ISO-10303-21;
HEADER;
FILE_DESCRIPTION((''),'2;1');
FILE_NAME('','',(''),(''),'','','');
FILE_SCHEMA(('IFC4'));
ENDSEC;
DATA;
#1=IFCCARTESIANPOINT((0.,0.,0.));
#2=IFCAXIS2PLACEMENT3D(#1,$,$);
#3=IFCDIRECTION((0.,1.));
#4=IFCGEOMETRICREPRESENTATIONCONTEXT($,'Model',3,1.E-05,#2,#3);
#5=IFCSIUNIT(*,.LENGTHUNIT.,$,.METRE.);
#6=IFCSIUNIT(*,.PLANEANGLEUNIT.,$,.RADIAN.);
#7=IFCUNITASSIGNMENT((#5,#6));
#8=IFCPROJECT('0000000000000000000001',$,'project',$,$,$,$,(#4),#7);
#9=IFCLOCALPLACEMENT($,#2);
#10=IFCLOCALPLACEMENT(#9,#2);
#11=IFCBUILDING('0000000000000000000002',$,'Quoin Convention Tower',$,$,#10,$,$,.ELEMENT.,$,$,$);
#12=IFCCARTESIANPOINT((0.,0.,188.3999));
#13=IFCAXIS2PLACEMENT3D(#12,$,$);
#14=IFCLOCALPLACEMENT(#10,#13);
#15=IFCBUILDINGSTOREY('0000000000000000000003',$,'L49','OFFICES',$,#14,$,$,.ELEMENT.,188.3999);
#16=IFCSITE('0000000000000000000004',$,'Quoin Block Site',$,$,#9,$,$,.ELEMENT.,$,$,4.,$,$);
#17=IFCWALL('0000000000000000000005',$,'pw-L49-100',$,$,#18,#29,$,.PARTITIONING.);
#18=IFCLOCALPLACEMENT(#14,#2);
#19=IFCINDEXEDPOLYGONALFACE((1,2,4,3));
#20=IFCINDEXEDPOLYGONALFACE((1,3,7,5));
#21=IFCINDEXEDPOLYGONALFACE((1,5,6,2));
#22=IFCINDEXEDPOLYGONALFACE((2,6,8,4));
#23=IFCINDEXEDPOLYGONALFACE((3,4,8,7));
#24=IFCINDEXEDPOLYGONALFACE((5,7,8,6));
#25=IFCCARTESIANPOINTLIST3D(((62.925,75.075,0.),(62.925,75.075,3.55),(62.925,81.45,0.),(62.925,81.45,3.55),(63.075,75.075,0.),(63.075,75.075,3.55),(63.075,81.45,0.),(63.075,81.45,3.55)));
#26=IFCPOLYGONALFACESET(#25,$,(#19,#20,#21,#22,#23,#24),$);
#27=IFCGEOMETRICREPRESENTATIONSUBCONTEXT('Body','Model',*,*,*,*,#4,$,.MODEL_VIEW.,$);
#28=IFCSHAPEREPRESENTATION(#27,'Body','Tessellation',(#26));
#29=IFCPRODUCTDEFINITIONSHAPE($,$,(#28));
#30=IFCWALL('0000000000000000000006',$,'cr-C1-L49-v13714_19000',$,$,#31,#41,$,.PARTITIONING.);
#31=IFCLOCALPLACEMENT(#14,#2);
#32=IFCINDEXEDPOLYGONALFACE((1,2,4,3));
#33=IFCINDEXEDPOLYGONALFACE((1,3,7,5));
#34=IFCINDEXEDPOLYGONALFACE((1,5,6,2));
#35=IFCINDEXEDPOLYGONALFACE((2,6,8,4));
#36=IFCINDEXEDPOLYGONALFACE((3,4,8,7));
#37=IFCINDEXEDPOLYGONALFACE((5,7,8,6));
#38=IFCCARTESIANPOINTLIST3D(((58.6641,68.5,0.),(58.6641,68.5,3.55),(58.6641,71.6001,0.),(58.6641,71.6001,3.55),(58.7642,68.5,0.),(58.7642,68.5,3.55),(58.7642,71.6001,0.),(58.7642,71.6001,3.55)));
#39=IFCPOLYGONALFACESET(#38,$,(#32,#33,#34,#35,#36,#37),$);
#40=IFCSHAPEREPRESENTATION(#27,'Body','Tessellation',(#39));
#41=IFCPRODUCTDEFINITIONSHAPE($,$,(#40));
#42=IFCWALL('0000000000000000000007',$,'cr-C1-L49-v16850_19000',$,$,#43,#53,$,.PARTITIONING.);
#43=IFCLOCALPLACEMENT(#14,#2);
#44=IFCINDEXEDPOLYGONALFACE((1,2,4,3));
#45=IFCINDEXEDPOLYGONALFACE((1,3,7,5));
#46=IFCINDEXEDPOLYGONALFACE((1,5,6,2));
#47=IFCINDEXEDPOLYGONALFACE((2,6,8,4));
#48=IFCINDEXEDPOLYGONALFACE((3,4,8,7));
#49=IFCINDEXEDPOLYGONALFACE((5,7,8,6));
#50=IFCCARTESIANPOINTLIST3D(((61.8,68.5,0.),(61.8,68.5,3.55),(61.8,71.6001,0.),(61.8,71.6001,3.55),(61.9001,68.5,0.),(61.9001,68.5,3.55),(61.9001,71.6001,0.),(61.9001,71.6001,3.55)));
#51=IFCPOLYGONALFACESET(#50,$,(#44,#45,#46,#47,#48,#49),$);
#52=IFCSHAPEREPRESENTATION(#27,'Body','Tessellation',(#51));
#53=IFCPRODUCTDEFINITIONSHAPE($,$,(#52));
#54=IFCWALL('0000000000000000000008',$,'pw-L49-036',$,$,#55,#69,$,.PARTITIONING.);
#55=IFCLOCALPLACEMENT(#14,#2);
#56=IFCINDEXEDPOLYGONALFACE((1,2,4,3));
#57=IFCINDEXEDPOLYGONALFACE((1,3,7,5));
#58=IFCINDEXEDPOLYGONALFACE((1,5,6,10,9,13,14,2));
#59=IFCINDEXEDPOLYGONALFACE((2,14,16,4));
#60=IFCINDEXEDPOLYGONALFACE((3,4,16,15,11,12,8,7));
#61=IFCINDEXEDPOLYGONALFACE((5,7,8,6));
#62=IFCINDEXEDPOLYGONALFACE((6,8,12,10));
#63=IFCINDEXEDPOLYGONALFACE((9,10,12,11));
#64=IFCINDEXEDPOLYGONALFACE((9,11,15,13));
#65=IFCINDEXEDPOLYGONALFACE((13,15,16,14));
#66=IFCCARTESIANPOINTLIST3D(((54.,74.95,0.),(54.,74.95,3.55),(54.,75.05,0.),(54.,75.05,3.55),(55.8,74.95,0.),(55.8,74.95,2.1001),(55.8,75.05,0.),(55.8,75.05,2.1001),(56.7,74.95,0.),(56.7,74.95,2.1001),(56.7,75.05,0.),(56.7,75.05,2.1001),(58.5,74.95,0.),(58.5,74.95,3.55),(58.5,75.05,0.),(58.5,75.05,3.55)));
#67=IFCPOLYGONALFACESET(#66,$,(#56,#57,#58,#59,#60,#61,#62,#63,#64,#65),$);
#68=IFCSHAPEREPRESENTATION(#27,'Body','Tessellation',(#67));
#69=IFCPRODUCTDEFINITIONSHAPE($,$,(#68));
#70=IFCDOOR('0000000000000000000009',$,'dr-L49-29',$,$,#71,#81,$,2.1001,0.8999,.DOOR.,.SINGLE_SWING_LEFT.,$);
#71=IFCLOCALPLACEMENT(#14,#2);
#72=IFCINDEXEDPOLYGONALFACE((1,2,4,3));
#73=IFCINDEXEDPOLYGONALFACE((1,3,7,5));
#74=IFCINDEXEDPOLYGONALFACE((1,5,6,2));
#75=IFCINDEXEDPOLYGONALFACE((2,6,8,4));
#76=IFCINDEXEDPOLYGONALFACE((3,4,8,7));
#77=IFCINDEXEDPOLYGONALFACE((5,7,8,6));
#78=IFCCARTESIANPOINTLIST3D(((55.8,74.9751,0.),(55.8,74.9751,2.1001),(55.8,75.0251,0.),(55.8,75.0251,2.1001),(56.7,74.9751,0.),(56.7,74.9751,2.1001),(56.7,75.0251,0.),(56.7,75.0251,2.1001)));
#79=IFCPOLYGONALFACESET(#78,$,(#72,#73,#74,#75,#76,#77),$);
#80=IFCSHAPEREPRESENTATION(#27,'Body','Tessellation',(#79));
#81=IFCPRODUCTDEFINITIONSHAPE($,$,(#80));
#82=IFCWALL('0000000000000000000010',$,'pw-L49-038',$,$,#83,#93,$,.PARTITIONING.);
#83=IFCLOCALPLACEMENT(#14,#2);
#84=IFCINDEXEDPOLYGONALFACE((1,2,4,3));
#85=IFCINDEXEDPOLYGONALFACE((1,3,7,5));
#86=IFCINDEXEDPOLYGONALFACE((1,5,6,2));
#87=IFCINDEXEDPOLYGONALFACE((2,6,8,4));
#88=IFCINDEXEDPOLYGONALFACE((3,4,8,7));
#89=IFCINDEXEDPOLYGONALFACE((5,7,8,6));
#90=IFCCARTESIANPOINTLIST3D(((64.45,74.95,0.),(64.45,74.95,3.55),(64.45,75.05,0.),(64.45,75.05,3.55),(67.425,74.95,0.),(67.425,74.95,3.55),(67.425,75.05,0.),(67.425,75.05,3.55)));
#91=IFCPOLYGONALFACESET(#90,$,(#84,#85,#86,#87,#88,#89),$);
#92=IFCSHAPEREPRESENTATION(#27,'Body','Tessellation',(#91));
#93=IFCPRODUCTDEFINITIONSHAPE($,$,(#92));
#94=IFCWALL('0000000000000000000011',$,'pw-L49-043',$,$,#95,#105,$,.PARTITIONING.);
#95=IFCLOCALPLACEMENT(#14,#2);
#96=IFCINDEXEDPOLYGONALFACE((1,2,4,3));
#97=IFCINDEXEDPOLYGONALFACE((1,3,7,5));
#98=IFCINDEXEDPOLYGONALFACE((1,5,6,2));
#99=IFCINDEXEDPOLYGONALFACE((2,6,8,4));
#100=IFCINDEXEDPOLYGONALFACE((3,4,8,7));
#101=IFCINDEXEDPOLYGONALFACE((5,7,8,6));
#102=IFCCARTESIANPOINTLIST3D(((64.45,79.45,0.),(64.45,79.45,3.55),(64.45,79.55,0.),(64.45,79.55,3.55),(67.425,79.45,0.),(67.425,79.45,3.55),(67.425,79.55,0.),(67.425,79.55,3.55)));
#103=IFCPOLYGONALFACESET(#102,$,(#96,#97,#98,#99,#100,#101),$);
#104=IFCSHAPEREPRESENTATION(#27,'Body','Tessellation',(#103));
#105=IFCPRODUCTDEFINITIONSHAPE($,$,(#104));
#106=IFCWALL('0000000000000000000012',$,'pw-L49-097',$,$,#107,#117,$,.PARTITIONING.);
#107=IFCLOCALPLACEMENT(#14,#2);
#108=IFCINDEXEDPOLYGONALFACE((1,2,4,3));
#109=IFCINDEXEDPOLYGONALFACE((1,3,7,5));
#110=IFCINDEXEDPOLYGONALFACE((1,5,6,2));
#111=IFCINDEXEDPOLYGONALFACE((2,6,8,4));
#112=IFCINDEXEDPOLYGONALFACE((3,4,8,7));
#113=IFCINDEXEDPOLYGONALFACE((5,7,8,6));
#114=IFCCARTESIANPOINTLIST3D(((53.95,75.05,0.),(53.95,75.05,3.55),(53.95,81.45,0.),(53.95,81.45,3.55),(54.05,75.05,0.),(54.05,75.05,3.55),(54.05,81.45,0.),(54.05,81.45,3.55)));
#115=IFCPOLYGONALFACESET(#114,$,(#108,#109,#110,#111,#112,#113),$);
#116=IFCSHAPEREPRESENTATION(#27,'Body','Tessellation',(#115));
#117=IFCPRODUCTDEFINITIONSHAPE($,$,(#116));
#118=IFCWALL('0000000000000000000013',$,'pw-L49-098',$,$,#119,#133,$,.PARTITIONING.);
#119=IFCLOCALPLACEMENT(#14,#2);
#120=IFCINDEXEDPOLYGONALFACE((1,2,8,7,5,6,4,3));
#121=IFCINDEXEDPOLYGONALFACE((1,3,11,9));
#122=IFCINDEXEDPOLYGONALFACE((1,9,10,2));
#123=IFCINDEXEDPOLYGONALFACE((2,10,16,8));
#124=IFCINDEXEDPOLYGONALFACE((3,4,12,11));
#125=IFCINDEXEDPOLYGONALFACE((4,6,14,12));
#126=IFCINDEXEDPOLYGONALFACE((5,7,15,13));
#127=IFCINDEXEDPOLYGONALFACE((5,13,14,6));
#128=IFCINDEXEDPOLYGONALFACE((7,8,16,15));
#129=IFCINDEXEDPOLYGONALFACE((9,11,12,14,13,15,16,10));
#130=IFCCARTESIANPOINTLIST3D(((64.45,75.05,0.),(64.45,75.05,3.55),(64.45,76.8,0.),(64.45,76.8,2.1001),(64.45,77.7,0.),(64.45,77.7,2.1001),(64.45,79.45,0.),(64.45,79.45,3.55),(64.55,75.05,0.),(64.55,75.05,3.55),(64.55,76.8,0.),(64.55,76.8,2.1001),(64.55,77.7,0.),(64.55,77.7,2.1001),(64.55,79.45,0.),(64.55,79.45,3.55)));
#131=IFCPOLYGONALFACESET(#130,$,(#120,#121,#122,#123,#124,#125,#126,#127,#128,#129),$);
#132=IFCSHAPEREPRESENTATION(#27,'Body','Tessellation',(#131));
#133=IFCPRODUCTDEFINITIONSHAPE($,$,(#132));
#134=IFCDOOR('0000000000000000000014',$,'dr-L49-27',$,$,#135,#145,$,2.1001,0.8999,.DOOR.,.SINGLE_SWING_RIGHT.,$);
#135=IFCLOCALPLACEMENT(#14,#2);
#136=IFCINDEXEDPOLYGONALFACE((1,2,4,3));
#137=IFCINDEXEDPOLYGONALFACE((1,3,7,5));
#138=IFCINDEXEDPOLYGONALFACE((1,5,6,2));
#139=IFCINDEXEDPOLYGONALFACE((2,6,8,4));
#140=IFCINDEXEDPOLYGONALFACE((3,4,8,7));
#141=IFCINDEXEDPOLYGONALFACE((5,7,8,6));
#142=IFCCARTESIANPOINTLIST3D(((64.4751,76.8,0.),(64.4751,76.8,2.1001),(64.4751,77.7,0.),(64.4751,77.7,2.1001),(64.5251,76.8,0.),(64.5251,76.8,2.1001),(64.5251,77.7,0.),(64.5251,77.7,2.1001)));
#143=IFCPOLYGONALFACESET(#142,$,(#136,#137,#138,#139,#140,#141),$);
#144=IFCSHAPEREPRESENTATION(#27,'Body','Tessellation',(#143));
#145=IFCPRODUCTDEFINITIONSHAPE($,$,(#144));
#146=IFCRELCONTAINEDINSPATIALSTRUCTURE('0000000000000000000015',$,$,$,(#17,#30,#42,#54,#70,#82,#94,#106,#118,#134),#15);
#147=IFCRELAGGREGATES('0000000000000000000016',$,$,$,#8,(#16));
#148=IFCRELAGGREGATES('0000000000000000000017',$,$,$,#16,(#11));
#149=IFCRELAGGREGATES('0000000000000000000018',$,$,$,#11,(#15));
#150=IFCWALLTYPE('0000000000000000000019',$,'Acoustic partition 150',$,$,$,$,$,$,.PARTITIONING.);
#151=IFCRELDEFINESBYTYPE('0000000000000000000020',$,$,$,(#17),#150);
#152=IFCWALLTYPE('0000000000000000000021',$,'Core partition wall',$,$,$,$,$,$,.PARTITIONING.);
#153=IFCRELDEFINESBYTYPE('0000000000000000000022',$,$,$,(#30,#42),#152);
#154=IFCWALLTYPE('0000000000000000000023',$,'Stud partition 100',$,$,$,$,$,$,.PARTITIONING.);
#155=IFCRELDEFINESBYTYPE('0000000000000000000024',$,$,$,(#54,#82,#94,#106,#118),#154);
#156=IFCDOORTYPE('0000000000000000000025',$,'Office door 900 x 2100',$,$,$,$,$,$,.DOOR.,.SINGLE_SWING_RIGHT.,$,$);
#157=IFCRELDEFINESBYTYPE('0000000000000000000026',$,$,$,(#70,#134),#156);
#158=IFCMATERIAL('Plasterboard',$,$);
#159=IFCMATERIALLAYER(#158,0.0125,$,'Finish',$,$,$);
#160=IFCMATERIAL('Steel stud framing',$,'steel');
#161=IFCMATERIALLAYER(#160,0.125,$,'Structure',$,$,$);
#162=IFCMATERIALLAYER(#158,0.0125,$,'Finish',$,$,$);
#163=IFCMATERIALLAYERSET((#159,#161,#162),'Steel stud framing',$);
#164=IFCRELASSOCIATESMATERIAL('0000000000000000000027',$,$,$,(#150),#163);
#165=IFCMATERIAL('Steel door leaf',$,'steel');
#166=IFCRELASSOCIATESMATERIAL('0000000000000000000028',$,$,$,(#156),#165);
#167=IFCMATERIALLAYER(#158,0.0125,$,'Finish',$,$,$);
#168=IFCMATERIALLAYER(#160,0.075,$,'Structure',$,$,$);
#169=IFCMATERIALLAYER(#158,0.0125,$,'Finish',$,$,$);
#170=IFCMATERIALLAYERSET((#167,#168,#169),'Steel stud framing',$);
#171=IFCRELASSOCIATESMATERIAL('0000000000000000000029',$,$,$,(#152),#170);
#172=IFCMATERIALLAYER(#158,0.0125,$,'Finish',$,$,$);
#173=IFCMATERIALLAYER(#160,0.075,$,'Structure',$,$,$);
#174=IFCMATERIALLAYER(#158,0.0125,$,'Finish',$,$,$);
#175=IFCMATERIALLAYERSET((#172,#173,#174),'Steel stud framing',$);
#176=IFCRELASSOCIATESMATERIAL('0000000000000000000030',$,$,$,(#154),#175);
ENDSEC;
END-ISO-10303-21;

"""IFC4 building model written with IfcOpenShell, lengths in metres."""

from ifc_helpers import new_model, si_unit, direction, frame, frame_2d, origin, place, context, subcontext, project, spatial, rectangle, extrude, material, layer, layer_set, type_object, element, fill, save


model = new_model("IFC4")

# Units and contexts
model_context = context("Model", 3, precision=1e-05, world=origin(), true_north=direction((0.0, 1.0)))
body_context = subcontext(model_context, "Body", "Model", "MODEL_VIEW")
ifc_project = project(units=[si_unit("LENGTHUNIT", "METRE"), si_unit("PLANEANGLEUNIT", "RADIAN")], contexts=[model_context])

# Site, building, storey
site_placement = place(None, origin())
site = spatial("IfcSite", under=ifc_project, at=site_placement, Name="Quoin Block Site", CompositionType="ELEMENT", RefElevation=4.0)
building_placement = place(site_placement, origin())
building = spatial("IfcBuilding", under=site, at=building_placement, Name="Quoin Convention Tower", CompositionType="ELEMENT")
storey_placement = place(building_placement, frame((0.0, 0.0, 188.3999)))
storey = spatial("IfcBuildingStorey", under=building, at=storey_placement, Name="L49", Description="OFFICES", CompositionType="ELEMENT", Elevation=188.3999)

# Shared definitions
ifc_material_1 = material(Name="Plasterboard")
ifc_layer_1 = layer(ifc_material_1, 0.0125, Name="Finish")
ifc_material_2 = material(Name="Steel stud framing", Category="steel")
ifc_layer_2 = layer(ifc_material_2, 0.125, Name="Structure")
ifc_layer_3 = layer(ifc_material_1, 0.0125, Name="Finish")
ifc_layer_set_1 = layer_set([ifc_layer_1, ifc_layer_2, ifc_layer_3], Name="Steel stud framing")
wall_type_1 = type_object("IfcWallType", Name="Acoustic partition 150", PredefinedType="PARTITIONING", material=ifc_layer_set_1)
ifc_material_3 = material(Name="Steel door leaf", Category="steel")
door_type = type_object("IfcDoorType", Name="Office door 900 x 2100", OperationType="SINGLE_SWING_RIGHT", PredefinedType="DOOR", material=ifc_material_3)

# Walls
for number, where, z_axis, x_axis, name in (
    (1, (63.0, 75.075, 0.0), (0.0, 0.0, 1.0), (0.0, 1.0, 0.0), "pw-L49-100"),
):
    element("IfcWall", number, at=place(storey_placement, frame(where, z_axis=z_axis, x_axis=x_axis)), inside=storey, type_object=wall_type_1, Name=name, PredefinedType="PARTITIONING", context=body_context, shape_type="SweptSolid", body=[
        extrude(rectangle(XDim=6.375, YDim=0.1499, at=frame_2d((3.1875, 0.0))), origin(), (0.0, 0.0, 1.0), 3.55),
    ])
ifc_layer_4 = layer(ifc_material_1, 0.0125, Name="Finish")
ifc_layer_5 = layer(ifc_material_2, 0.075, Name="Structure")
ifc_layer_6 = layer(ifc_material_1, 0.0125, Name="Finish")
ifc_layer_set_2 = layer_set([ifc_layer_4, ifc_layer_5, ifc_layer_6], Name="Steel stud framing")
wall_type_2 = type_object("IfcWallType", Name="Core partition wall", PredefinedType="PARTITIONING", material=ifc_layer_set_2)
for number, where, z_axis, x_axis, name in (
    (2, (58.7141, 68.5, 0.0), (0.0, 0.0, 1.0), (0.0, 1.0, 0.0), "cr-C1-L49-v13714_19000"),
    (3, (61.8501, 68.5, 0.0), (0.0, 0.0, 1.0), (0.0, 1.0, 0.0), "cr-C1-L49-v16850_19000"),
):
    element("IfcWall", number, at=place(storey_placement, frame(where, z_axis=z_axis, x_axis=x_axis)), inside=storey, type_object=wall_type_2, Name=name, PredefinedType="PARTITIONING", context=body_context, shape_type="SweptSolid", body=[
        extrude(rectangle(XDim=3.1001, YDim=0.1001, at=frame_2d((1.55, 0.0))), origin(), (0.0, 0.0, 1.0), 3.55),
    ])

# Wall, opening, door
ifc_layer_7 = layer(ifc_material_1, 0.0125, Name="Finish")
ifc_layer_8 = layer(ifc_material_2, 0.075, Name="Structure")
ifc_layer_9 = layer(ifc_material_1, 0.0125, Name="Finish")
ifc_layer_set_3 = layer_set([ifc_layer_7, ifc_layer_8, ifc_layer_9], Name="Steel stud framing")
wall_type_3 = type_object("IfcWallType", Name="Stud partition 100", PredefinedType="PARTITIONING", material=ifc_layer_set_3)
wall_1_placement = place(storey_placement, frame((54.0, 75.0, 0.0), z_axis=(0.0, 0.0, 1.0), x_axis=(1.0, 0.0, 0.0)))
wall_1 = element("IfcWall", 4, at=wall_1_placement, inside=storey, type_object=wall_type_3, Name="pw-L49-036", PredefinedType="PARTITIONING", context=body_context, shape_type="SweptSolid", body=[
    extrude(rectangle(XDim=4.5, YDim=0.1001, at=frame_2d((2.25, 0.0))), origin(), (0.0, 0.0, 1.0), 3.55),
])
opening_1_placement = place(wall_1_placement, frame((1.8, 0.0, 0.0)))
opening_1 = element("IfcOpeningElement", 5, at=opening_1_placement, cuts=wall_1, PredefinedType="OPENING", context=body_context, shape_type="SweptSolid", body=[
    extrude(rectangle(XDim=0.8999, YDim=2.1001, at=frame_2d((0.45, 1.05))), frame((0.0, 0.0601, 0.0), z_axis=(0.0, -1.0, 0.0), x_axis=(1.0, 0.0, 0.0)), (0.0, 0.0, 1.0), 0.1201),
])
door_1_placement = place(opening_1_placement, frame((0.8999, 0.0, 0.0), z_axis=(0.0, 0.0, 1.0), x_axis=(-1.0, 0.0, 0.0)))
door_1 = element("IfcDoor", 6, at=door_1_placement, inside=storey, type_object=door_type, Name="dr-L49-29", OperationType="SINGLE_SWING_LEFT", OverallHeight=2.1001, OverallWidth=0.8999, PredefinedType="DOOR", context=body_context, shape_type="SweptSolid", body=[
    extrude(rectangle(XDim=0.8999, YDim=2.1001, at=frame_2d((0.45, 1.05))), frame((0.0, 0.0249, 0.0), z_axis=(0.0, -1.0, 0.0), x_axis=(1.0, 0.0, 0.0)), (0.0, 0.0, 1.0), 0.05),
])
fill(opening_1, door_1)

# Walls
for number, where, z_axis, x_axis, name in (
    (7, (64.45, 75.0, 0.0), (0.0, 0.0, 1.0), (1.0, 0.0, 0.0), "pw-L49-038"),
    (8, (64.45, 79.5, 0.0), (0.0, 0.0, 1.0), (1.0, 0.0, 0.0), "pw-L49-043"),
):
    element("IfcWall", number, at=place(storey_placement, frame(where, z_axis=z_axis, x_axis=x_axis)), inside=storey, type_object=wall_type_3, Name=name, PredefinedType="PARTITIONING", context=body_context, shape_type="SweptSolid", body=[
        extrude(rectangle(XDim=2.9751, YDim=0.1001, at=frame_2d((1.4875, 0.0))), origin(), (0.0, 0.0, 1.0), 3.55),
    ])
wall_2_placement = place(storey_placement, frame((54.0, 75.05, 0.0), z_axis=(0.0, 0.0, 1.0), x_axis=(0.0, 1.0, 0.0)))
element("IfcWall", 9, at=wall_2_placement, inside=storey, type_object=wall_type_3, Name="pw-L49-097", PredefinedType="PARTITIONING", context=body_context, shape_type="SweptSolid", body=[
    extrude(rectangle(XDim=6.3999, YDim=0.1001, at=frame_2d((3.2, 0.0))), origin(), (0.0, 0.0, 1.0), 3.55),
])

# Wall, opening, door
wall_3_placement = place(storey_placement, frame((64.5, 75.05, 0.0), z_axis=(0.0, 0.0, 1.0), x_axis=(0.0, 1.0, 0.0)))
wall_3 = element("IfcWall", 10, at=wall_3_placement, inside=storey, type_object=wall_type_3, Name="pw-L49-098", PredefinedType="PARTITIONING", context=body_context, shape_type="SweptSolid", body=[
    extrude(rectangle(XDim=4.3999, YDim=0.1001, at=frame_2d((2.2, 0.0))), origin(), (0.0, 0.0, 1.0), 3.55),
])
opening_2_placement = place(wall_3_placement, frame((1.75, 0.0, 0.0)))
opening_2 = element("IfcOpeningElement", 11, at=opening_2_placement, cuts=wall_3, PredefinedType="OPENING", context=body_context, shape_type="SweptSolid", body=[
    extrude(rectangle(XDim=0.8999, YDim=2.1001, at=frame_2d((0.45, 1.05))), frame((0.0, 0.0601, 0.0), z_axis=(0.0, -1.0, 0.0), x_axis=(1.0, 0.0, 0.0)), (0.0, 0.0, 1.0), 0.1201),
])
door_2_placement = place(opening_2_placement, origin())
door_2 = element("IfcDoor", 12, at=door_2_placement, inside=storey, type_object=door_type, Name="dr-L49-27", OperationType="SINGLE_SWING_RIGHT", OverallHeight=2.1001, OverallWidth=0.8999, PredefinedType="DOOR", context=body_context, shape_type="SweptSolid", body=[
    extrude(rectangle(XDim=0.8999, YDim=2.1001, at=frame_2d((0.45, 1.05))), frame((0.0, 0.0249, 0.0), z_axis=(0.0, -1.0, 0.0), x_axis=(1.0, 0.0, 0.0)), (0.0, 0.0, 1.0), 0.05),
])
fill(opening_2, door_2)

save(model, "model.ifc")
